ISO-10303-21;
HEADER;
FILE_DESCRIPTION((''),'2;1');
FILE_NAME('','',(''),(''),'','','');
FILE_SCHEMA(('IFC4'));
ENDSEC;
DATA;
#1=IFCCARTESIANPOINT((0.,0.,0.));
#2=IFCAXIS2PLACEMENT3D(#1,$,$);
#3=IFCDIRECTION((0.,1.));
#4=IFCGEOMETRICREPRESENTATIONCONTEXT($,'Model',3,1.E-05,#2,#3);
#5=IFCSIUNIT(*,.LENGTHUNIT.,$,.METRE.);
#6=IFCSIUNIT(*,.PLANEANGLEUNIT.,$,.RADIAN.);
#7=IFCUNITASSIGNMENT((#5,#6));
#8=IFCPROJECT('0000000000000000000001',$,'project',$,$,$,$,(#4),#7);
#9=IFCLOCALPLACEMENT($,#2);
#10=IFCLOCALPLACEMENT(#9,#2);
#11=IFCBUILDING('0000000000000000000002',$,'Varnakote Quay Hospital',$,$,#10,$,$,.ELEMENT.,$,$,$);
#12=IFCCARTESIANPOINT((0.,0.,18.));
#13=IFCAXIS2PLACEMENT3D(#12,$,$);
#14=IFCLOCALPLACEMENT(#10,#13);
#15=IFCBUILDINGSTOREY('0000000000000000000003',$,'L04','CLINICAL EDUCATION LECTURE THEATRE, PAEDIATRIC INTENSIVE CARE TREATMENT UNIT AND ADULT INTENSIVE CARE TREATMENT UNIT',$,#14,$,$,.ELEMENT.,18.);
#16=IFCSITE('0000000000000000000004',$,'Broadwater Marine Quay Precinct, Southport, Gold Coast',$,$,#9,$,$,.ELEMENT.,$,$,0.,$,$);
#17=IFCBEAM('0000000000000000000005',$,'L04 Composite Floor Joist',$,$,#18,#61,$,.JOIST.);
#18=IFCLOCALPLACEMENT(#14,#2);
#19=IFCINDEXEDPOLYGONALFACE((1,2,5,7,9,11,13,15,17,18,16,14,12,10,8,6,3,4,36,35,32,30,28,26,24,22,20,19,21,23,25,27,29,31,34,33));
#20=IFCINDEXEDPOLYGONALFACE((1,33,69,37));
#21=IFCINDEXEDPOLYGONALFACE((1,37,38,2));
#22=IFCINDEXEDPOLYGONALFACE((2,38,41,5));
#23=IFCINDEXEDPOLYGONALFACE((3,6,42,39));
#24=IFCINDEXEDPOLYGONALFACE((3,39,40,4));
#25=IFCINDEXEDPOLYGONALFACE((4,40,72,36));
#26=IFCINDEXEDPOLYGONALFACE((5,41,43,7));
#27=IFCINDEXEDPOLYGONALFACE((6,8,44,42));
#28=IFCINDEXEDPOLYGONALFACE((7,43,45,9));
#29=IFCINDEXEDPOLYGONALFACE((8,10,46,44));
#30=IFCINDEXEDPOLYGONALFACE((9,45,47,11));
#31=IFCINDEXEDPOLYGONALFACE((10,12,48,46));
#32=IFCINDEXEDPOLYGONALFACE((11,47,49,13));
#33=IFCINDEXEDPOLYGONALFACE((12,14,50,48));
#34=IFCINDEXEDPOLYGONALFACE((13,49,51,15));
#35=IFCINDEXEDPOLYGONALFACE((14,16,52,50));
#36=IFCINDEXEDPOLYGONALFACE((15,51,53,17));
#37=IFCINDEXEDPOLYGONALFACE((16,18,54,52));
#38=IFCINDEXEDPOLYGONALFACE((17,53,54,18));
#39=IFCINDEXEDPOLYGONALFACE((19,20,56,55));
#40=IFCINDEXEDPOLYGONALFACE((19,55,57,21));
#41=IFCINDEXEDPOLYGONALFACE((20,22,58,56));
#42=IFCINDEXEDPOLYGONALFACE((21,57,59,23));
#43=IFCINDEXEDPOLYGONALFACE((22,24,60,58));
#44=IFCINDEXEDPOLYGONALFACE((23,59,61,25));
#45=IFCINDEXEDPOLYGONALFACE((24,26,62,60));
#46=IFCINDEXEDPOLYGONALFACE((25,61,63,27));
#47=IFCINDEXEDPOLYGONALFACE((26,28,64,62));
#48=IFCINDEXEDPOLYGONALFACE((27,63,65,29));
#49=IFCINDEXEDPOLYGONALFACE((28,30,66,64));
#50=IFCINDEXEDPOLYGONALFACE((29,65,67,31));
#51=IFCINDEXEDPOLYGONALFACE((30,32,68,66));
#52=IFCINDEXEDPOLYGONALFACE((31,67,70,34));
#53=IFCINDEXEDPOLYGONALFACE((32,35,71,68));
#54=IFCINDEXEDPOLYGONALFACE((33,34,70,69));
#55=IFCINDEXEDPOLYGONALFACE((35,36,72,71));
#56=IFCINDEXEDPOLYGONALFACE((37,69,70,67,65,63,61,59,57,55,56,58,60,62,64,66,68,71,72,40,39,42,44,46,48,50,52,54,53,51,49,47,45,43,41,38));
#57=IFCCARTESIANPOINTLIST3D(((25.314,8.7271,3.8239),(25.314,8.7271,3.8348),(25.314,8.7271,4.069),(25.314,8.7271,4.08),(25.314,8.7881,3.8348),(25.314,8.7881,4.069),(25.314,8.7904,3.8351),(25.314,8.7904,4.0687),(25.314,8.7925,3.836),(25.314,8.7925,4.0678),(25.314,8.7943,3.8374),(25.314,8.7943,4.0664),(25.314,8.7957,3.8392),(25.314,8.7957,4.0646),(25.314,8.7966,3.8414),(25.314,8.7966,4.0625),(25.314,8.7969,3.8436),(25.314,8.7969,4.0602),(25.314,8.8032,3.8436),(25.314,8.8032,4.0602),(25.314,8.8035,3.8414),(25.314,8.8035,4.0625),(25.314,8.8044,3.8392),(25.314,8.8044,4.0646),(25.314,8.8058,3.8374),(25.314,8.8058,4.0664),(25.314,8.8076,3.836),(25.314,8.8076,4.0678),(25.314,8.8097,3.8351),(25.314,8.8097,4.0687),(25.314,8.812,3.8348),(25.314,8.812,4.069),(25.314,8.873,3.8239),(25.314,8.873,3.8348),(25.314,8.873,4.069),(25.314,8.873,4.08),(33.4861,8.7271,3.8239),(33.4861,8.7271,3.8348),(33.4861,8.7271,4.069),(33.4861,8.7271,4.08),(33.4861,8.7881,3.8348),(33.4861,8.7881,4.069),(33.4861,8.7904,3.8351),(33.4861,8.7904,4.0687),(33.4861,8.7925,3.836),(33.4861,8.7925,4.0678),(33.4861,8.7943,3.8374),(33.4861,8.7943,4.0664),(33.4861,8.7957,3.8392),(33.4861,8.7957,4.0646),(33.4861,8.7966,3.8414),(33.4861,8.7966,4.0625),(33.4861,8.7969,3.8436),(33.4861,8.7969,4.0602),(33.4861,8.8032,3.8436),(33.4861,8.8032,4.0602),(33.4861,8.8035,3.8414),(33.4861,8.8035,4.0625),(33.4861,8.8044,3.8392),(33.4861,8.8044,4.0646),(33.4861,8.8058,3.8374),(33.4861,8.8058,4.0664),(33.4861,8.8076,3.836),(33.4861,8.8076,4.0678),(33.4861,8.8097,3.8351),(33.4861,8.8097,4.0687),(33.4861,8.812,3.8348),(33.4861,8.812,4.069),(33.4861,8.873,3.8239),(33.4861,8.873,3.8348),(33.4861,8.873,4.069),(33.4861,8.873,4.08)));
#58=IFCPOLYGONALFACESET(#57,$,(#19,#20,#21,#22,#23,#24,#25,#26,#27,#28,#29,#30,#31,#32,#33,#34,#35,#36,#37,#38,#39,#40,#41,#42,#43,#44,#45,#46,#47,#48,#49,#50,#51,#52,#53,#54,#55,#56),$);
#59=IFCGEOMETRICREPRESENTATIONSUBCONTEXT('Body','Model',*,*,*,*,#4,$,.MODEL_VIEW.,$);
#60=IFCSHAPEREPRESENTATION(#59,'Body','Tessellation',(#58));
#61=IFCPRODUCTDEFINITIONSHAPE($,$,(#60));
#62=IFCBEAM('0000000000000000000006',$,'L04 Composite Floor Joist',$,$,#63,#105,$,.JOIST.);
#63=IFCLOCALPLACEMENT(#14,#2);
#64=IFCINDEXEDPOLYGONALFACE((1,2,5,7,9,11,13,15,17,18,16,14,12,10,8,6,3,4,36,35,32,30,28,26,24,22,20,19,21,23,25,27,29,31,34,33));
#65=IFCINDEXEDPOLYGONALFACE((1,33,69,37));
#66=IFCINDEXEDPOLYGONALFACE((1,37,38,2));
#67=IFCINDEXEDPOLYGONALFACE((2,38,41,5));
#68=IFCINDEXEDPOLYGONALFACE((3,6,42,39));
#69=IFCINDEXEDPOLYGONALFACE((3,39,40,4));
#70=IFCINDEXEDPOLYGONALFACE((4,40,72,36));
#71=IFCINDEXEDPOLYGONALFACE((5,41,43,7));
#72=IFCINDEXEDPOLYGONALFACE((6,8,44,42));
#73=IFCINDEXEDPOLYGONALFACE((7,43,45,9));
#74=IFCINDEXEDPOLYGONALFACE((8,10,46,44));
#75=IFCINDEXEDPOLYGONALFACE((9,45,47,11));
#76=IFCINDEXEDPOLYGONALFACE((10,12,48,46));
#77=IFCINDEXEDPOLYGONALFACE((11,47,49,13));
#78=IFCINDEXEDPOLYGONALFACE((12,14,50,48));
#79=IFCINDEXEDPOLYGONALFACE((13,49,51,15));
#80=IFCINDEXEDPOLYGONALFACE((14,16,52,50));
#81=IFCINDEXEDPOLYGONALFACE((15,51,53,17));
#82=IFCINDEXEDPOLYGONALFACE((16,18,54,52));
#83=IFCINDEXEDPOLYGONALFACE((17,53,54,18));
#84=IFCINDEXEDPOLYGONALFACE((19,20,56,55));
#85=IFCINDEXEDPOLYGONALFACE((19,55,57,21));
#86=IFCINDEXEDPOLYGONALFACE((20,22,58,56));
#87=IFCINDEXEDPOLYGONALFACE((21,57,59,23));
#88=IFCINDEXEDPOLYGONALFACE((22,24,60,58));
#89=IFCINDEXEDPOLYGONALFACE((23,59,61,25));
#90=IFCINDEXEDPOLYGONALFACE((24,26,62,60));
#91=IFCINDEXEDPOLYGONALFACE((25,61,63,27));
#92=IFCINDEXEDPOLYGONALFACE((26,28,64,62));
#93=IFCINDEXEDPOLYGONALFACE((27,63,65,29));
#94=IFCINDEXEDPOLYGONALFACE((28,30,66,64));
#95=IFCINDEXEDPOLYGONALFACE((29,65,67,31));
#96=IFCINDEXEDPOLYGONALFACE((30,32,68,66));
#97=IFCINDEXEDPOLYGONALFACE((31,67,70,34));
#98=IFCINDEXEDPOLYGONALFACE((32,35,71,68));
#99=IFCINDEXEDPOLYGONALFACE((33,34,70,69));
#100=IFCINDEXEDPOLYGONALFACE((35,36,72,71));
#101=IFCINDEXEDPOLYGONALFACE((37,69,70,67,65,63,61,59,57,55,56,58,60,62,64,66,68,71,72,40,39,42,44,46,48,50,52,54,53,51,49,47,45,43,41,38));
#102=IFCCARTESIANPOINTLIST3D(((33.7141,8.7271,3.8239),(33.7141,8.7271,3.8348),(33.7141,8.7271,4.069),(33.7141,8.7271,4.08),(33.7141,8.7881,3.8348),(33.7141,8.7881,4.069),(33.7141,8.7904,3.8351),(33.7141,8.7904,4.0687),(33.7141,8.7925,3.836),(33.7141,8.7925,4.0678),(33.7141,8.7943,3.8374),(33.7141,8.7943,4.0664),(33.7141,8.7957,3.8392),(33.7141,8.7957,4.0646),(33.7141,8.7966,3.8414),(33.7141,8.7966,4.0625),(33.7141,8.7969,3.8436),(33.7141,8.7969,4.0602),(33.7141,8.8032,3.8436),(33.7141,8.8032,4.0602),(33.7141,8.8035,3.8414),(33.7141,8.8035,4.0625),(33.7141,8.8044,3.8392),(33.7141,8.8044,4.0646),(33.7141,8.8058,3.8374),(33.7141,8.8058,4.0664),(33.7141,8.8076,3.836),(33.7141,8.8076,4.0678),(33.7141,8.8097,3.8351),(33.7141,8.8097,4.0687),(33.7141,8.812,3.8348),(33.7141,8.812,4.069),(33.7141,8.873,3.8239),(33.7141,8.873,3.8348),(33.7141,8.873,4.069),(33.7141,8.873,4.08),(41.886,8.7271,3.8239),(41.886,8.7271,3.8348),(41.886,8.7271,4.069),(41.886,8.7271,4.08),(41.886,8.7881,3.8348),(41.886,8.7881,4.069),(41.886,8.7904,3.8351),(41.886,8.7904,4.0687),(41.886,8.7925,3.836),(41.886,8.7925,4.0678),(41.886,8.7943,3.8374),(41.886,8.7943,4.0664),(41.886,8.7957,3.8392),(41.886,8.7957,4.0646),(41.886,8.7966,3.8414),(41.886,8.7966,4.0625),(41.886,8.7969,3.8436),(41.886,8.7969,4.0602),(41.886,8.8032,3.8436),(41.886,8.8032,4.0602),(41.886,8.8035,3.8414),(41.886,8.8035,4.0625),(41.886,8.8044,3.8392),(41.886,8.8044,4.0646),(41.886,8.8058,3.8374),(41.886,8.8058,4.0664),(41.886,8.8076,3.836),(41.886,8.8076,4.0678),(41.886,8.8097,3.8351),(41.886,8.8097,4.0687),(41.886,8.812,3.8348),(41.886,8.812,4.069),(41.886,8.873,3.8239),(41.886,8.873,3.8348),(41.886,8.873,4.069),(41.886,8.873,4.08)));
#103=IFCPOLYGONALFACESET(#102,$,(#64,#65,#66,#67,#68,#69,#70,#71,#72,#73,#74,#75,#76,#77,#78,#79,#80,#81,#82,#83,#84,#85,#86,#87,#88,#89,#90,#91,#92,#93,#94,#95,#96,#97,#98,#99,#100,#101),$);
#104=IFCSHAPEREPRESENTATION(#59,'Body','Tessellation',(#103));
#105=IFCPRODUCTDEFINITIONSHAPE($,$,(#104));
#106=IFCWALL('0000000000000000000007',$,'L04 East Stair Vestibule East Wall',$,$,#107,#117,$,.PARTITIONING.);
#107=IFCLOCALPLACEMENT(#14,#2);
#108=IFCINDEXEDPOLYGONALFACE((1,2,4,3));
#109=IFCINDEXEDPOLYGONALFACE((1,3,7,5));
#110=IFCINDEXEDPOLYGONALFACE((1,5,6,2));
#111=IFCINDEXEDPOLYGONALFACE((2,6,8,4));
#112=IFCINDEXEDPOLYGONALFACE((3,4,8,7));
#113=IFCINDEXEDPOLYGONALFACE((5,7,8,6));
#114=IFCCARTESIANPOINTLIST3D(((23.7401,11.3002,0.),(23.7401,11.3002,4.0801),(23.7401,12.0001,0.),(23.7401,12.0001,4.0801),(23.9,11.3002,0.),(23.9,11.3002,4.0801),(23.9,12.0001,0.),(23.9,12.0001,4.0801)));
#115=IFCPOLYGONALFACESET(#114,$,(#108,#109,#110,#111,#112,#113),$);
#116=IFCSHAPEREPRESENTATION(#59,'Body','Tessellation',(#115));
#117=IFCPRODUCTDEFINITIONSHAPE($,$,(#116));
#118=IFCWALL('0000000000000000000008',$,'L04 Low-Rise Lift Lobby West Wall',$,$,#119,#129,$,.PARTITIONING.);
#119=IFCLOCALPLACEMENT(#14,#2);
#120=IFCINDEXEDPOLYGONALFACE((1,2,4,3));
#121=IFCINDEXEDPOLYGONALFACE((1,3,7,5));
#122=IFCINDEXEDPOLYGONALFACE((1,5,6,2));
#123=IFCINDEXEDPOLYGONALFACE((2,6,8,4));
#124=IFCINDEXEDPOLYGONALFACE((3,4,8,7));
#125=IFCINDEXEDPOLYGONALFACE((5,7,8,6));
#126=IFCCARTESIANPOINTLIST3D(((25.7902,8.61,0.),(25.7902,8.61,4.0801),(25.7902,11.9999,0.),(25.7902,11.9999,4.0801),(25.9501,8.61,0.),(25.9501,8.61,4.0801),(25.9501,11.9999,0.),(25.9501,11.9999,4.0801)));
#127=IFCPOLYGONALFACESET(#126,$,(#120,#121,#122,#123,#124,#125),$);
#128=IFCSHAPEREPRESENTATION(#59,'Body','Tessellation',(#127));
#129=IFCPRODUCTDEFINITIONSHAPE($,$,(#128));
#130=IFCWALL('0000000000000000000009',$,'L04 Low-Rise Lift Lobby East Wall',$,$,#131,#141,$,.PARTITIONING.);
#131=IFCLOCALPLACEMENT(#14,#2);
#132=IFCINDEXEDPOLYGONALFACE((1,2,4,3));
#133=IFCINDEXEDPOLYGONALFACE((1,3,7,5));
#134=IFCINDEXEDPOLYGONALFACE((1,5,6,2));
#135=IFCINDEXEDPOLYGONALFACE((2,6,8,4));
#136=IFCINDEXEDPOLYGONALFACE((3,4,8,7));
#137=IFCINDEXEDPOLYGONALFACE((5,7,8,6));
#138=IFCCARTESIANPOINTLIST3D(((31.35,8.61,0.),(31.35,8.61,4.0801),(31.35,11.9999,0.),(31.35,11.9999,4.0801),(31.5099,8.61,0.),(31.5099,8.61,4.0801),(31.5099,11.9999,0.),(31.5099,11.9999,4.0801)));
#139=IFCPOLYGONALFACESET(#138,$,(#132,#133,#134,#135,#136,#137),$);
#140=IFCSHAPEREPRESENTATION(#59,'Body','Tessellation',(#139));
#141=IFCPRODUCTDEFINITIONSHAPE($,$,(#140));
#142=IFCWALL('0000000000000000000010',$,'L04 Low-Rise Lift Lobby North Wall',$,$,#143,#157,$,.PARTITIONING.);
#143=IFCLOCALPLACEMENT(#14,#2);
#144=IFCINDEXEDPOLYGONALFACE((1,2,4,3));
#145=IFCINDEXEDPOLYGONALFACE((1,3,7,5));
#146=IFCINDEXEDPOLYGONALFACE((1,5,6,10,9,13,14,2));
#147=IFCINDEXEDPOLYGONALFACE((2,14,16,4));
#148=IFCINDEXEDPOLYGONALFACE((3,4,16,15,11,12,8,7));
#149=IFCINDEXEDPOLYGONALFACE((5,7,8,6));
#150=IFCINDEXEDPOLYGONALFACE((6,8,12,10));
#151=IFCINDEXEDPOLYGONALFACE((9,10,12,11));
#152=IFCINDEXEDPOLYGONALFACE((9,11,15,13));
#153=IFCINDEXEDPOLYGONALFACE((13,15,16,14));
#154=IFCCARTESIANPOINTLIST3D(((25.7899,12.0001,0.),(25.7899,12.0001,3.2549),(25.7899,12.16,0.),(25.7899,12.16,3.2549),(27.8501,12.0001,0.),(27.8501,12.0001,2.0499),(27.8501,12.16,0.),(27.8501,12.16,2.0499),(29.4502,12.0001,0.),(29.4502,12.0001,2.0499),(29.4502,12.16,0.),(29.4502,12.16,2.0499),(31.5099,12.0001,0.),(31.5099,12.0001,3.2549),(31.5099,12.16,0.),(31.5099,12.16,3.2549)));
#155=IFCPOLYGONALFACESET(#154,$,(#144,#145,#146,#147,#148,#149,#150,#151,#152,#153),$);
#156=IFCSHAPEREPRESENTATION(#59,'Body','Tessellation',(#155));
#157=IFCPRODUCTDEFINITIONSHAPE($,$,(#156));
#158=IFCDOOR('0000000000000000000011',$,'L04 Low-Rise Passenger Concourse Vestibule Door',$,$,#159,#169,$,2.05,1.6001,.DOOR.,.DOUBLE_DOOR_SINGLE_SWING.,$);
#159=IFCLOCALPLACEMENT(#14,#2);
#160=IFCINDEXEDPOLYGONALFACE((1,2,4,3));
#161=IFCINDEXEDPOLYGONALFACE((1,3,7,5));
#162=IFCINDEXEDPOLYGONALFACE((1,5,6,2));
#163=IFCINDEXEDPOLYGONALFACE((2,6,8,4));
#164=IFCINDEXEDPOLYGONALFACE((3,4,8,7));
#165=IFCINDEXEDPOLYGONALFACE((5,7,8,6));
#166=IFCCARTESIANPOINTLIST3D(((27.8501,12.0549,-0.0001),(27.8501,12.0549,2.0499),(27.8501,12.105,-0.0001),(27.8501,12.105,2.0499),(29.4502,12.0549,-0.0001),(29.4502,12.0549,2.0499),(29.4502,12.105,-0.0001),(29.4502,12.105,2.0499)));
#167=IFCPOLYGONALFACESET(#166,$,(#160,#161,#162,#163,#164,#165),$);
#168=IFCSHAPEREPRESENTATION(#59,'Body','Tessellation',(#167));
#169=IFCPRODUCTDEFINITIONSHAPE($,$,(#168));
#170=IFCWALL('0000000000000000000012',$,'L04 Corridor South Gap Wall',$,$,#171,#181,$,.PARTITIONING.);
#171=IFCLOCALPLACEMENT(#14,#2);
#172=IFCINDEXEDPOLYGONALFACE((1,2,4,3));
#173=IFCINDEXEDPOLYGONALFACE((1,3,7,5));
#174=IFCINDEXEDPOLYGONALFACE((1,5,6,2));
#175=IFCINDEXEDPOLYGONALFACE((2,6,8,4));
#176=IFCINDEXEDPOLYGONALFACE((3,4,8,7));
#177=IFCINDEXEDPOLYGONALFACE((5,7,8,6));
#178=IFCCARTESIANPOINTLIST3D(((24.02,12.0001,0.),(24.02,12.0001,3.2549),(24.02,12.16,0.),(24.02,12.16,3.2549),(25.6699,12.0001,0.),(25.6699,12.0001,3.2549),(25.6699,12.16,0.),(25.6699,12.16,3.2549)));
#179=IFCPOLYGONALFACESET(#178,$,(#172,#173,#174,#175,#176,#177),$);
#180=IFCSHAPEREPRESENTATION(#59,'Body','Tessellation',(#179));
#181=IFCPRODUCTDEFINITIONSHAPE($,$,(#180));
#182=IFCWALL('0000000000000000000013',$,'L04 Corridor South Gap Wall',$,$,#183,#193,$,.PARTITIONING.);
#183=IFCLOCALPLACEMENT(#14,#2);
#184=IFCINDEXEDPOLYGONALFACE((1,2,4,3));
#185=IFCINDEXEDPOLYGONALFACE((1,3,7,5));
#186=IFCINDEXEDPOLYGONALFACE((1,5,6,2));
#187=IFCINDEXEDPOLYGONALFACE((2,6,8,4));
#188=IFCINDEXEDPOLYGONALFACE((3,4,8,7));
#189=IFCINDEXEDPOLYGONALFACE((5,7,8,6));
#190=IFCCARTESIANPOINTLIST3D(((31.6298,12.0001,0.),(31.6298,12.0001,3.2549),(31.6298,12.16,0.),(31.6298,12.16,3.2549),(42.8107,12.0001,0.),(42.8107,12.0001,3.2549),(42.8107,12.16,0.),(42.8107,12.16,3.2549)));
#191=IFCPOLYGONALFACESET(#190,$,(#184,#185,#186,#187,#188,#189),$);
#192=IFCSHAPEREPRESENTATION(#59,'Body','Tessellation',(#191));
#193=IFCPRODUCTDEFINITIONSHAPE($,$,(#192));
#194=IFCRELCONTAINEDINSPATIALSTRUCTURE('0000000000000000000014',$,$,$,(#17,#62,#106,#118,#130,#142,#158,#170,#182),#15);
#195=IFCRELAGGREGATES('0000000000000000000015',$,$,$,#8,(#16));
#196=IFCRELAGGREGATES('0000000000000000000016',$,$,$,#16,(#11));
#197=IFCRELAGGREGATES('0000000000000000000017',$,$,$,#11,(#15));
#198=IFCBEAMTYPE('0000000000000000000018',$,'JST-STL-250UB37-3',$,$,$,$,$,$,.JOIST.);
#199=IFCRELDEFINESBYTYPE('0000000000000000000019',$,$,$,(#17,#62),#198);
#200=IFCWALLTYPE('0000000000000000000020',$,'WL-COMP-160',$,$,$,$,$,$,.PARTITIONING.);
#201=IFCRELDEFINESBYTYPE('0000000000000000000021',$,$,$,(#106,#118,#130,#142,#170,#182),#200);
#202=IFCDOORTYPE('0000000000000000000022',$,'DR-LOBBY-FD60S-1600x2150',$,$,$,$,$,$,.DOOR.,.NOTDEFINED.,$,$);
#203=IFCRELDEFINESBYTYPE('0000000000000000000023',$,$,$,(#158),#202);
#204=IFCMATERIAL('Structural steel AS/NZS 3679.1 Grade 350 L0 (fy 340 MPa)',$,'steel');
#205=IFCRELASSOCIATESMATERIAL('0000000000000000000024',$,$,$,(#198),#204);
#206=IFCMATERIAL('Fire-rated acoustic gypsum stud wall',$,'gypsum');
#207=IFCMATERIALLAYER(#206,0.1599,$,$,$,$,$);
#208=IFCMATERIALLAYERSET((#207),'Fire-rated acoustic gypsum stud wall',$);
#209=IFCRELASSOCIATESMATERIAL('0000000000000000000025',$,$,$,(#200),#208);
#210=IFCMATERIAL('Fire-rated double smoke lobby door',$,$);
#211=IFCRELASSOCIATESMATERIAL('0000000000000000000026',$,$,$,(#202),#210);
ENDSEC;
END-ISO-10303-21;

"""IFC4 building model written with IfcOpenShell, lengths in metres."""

from ifc_helpers import new_model, si_unit, direction, frame, frame_2d, origin, origin_2d, place, context, subcontext, project, spatial, rectangle, i_section, extrude, material, layer, layer_set, material_profile, profile_set, type_object, element, fill, save


model = new_model("IFC4")

# Units and contexts
model_context = context("Model", 3, precision=1e-05, world=origin(), true_north=direction((0.0, 1.0)))
body_context = subcontext(model_context, "Body", "Model", "MODEL_VIEW")
ifc_project = project(units=[si_unit("LENGTHUNIT", "METRE"), si_unit("PLANEANGLEUNIT", "RADIAN")], contexts=[model_context])

# Site, building, storey
site_placement = place(None, origin())
site = spatial("IfcSite", under=ifc_project, at=site_placement, Name="Broadwater Marine Quay Precinct, Southport, Gold Coast", CompositionType="ELEMENT", RefElevation=0.0)
building_placement = place(site_placement, origin())
building = spatial("IfcBuilding", under=site, at=building_placement, Name="Varnakote Quay Hospital", CompositionType="ELEMENT")
storey_placement = place(building_placement, frame((0.0, 0.0, 18.0)))
storey = spatial("IfcBuildingStorey", under=building, at=storey_placement, Name="L04", Description="CLINICAL EDUCATION LECTURE THEATRE, PAEDIATRIC INTENSIVE CARE TREATMENT UNIT AND ADULT INTENSIVE CARE TREATMENT UNIT", CompositionType="ELEMENT", Elevation=18.0)

# Beams
ifc_material_1 = material(Name="Structural steel AS/NZS 3679.1 Grade 350 L0 (fy 340 MPa)", Category="steel")
ifc_material_profile_1 = material_profile(ifc_material_1, i_section(OverallWidth=0.146, OverallDepth=0.2561, WebThickness=0.0063, FlangeThickness=0.011, FilletRadius=0.0088, at=origin_2d()), Name="250UB37.3")
ifc_profile_set_1 = profile_set([ifc_material_profile_1], Name="Structural steel AS/NZS 3679.1 Grade 350 L0 (fy 340 MPa)")
beam_type_1 = type_object("IfcBeamType", Name="JST-STL-250UB37-3", PredefinedType="JOIST", material=ifc_profile_set_1)
beam_1_placement = place(storey_placement, frame((25.314, 8.8, 3.9519), z_axis=(1.0, 0.0, 0.0), x_axis=(0.0, 1.0, 0.0)))
element("IfcBeam", 1, at=beam_1_placement, inside=storey, type_object=beam_type_1, Name="L04 Composite Floor Joist", PredefinedType="JOIST", context=body_context, shape_type="SweptSolid", body=[
    extrude(i_section(OverallWidth=0.146, OverallDepth=0.2561, WebThickness=0.0063, FlangeThickness=0.011, FilletRadius=0.0088, at=origin_2d()), origin(), (0.0, 0.0, 1.0), 8.1721),
])
beam_2_placement = place(storey_placement, frame((33.7141, 8.8, 3.9519), z_axis=(1.0, 0.0, 0.0), x_axis=(0.0, 1.0, 0.0)))
element("IfcBeam", 2, at=beam_2_placement, inside=storey, type_object=beam_type_1, Name="L04 Composite Floor Joist", PredefinedType="JOIST", context=body_context, shape_type="SweptSolid", body=[
    extrude(i_section(OverallWidth=0.146, OverallDepth=0.2561, WebThickness=0.0063, FlangeThickness=0.011, FilletRadius=0.0088, at=origin_2d()), origin(), (0.0, 0.0, 1.0), 8.1719),
])

# Walls
ifc_material_2 = material(Name="Fire-rated acoustic gypsum stud wall", Category="gypsum")
ifc_layer_1 = layer(ifc_material_2, 0.1599)
ifc_layer_set_1 = layer_set([ifc_layer_1], Name="Fire-rated acoustic gypsum stud wall")
wall_type_1 = type_object("IfcWallType", Name="WL-COMP-160", PredefinedType="PARTITIONING", material=ifc_layer_set_1)
wall_1_placement = place(storey_placement, frame((23.8201, 11.3, 0.0), z_axis=(0.0, 0.0, 1.0), x_axis=(0.0, 1.0, 0.0)))
element("IfcWall", 3, at=wall_1_placement, inside=storey, type_object=wall_type_1, Name="L04 East Stair Vestibule East Wall", PredefinedType="PARTITIONING", context=body_context, shape_type="SweptSolid", body=[
    extrude(rectangle(XDim=0.7, YDim=0.1599, at=frame_2d((0.3501, 0.0))), origin(), (0.0, 0.0, 1.0), 4.0801),
])
for number, where, z_axis, x_axis, name in (
    (4, (25.8701, 8.6101, 0.0), (0.0, 0.0, 1.0), (0.0, 1.0, 0.0), "L04 Low-Rise Lift Lobby West Wall"),
    (5, (31.4299, 8.6101, 0.0), (0.0, 0.0, 1.0), (0.0, 1.0, 0.0), "L04 Low-Rise Lift Lobby East Wall"),
):
    element("IfcWall", number, at=place(storey_placement, frame(where, z_axis=z_axis, x_axis=x_axis)), inside=storey, type_object=wall_type_1, Name=name, PredefinedType="PARTITIONING", context=body_context, shape_type="SweptSolid", body=[
        extrude(rectangle(XDim=3.3899, YDim=0.1599, at=frame_2d((1.6948, 0.0))), origin(), (0.0, 0.0, 1.0), 4.0801),
    ])

# Wall, opening, door
wall_2_placement = place(storey_placement, frame((25.79, 12.0801, 0.0), z_axis=(0.0, 0.0, 1.0), x_axis=(1.0, 0.0, 0.0)))
wall_2 = element("IfcWall", 6, at=wall_2_placement, inside=storey, type_object=wall_type_1, Name="L04 Low-Rise Lift Lobby North Wall", PredefinedType="PARTITIONING", context=body_context, shape_type="SweptSolid", body=[
    extrude(rectangle(XDim=5.72, YDim=0.1599, at=frame_2d((2.8599, 0.0))), origin(), (0.0, 0.0, 1.0), 3.2549),
])
opening_1_placement = place(wall_2_placement, frame((2.0601, 0.0, 0.0)))
opening_1 = element("IfcOpeningElement", 7, at=opening_1_placement, cuts=wall_2, PredefinedType="OPENING", context=body_context, shape_type="SweptSolid", body=[
    extrude(rectangle(XDim=1.6001, YDim=2.05, at=frame_2d((0.8, 1.0249))), frame((0.0, 0.0898, 0.0), z_axis=(0.0, -1.0, 0.0), x_axis=(1.0, 0.0, 0.0)), (0.0, 0.0, 1.0), 0.1799),
])
ifc_material_3 = material(Name="Fire-rated double smoke lobby door")
door_type_1 = type_object("IfcDoorType", Name="DR-LOBBY-FD60S-1600x2150", OperationType="NOTDEFINED", PredefinedType="DOOR", material=ifc_material_3)
door_1_placement = place(opening_1_placement, origin())
door_1 = element("IfcDoor", 8, at=door_1_placement, inside=storey, type_object=door_type_1, Name="L04 Low-Rise Passenger Concourse Vestibule Door", OperationType="DOUBLE_DOOR_SINGLE_SWING", OverallHeight=2.05, OverallWidth=1.6001, PredefinedType="DOOR", context=body_context, shape_type="SweptSolid", body=[
    extrude(rectangle(XDim=1.6001, YDim=2.05, at=frame_2d((0.8, 1.0249))), frame((0.0, 0.0249, 0.0), z_axis=(0.0, -1.0, 0.0), x_axis=(1.0, 0.0, 0.0)), (0.0, 0.0, 1.0), 0.05),
])
fill(opening_1, door_1)

# Walls
wall_3_placement = place(storey_placement, frame((24.02, 12.0801, 0.0), z_axis=(0.0, 0.0, 1.0), x_axis=(1.0, 0.0, 0.0)))
element("IfcWall", 9, at=wall_3_placement, inside=storey, type_object=wall_type_1, Name="L04 Corridor South Gap Wall", PredefinedType="PARTITIONING", context=body_context, shape_type="SweptSolid", body=[
    extrude(rectangle(XDim=1.6499, YDim=0.1599, at=frame_2d((0.825, 0.0))), origin(), (0.0, 0.0, 1.0), 3.2549),
])
wall_4_placement = place(storey_placement, frame((31.6299, 12.0801, 0.0), z_axis=(0.0, 0.0, 1.0), x_axis=(1.0, 0.0, 0.0)))
element("IfcWall", 10, at=wall_4_placement, inside=storey, type_object=wall_type_1, Name="L04 Corridor South Gap Wall", PredefinedType="PARTITIONING", context=body_context, shape_type="SweptSolid", body=[
    extrude(rectangle(XDim=11.1809, YDim=0.1599, at=frame_2d((5.5903, 0.0))), origin(), (0.0, 0.0, 1.0), 3.2549),
])

save(model, "model.ifc")
